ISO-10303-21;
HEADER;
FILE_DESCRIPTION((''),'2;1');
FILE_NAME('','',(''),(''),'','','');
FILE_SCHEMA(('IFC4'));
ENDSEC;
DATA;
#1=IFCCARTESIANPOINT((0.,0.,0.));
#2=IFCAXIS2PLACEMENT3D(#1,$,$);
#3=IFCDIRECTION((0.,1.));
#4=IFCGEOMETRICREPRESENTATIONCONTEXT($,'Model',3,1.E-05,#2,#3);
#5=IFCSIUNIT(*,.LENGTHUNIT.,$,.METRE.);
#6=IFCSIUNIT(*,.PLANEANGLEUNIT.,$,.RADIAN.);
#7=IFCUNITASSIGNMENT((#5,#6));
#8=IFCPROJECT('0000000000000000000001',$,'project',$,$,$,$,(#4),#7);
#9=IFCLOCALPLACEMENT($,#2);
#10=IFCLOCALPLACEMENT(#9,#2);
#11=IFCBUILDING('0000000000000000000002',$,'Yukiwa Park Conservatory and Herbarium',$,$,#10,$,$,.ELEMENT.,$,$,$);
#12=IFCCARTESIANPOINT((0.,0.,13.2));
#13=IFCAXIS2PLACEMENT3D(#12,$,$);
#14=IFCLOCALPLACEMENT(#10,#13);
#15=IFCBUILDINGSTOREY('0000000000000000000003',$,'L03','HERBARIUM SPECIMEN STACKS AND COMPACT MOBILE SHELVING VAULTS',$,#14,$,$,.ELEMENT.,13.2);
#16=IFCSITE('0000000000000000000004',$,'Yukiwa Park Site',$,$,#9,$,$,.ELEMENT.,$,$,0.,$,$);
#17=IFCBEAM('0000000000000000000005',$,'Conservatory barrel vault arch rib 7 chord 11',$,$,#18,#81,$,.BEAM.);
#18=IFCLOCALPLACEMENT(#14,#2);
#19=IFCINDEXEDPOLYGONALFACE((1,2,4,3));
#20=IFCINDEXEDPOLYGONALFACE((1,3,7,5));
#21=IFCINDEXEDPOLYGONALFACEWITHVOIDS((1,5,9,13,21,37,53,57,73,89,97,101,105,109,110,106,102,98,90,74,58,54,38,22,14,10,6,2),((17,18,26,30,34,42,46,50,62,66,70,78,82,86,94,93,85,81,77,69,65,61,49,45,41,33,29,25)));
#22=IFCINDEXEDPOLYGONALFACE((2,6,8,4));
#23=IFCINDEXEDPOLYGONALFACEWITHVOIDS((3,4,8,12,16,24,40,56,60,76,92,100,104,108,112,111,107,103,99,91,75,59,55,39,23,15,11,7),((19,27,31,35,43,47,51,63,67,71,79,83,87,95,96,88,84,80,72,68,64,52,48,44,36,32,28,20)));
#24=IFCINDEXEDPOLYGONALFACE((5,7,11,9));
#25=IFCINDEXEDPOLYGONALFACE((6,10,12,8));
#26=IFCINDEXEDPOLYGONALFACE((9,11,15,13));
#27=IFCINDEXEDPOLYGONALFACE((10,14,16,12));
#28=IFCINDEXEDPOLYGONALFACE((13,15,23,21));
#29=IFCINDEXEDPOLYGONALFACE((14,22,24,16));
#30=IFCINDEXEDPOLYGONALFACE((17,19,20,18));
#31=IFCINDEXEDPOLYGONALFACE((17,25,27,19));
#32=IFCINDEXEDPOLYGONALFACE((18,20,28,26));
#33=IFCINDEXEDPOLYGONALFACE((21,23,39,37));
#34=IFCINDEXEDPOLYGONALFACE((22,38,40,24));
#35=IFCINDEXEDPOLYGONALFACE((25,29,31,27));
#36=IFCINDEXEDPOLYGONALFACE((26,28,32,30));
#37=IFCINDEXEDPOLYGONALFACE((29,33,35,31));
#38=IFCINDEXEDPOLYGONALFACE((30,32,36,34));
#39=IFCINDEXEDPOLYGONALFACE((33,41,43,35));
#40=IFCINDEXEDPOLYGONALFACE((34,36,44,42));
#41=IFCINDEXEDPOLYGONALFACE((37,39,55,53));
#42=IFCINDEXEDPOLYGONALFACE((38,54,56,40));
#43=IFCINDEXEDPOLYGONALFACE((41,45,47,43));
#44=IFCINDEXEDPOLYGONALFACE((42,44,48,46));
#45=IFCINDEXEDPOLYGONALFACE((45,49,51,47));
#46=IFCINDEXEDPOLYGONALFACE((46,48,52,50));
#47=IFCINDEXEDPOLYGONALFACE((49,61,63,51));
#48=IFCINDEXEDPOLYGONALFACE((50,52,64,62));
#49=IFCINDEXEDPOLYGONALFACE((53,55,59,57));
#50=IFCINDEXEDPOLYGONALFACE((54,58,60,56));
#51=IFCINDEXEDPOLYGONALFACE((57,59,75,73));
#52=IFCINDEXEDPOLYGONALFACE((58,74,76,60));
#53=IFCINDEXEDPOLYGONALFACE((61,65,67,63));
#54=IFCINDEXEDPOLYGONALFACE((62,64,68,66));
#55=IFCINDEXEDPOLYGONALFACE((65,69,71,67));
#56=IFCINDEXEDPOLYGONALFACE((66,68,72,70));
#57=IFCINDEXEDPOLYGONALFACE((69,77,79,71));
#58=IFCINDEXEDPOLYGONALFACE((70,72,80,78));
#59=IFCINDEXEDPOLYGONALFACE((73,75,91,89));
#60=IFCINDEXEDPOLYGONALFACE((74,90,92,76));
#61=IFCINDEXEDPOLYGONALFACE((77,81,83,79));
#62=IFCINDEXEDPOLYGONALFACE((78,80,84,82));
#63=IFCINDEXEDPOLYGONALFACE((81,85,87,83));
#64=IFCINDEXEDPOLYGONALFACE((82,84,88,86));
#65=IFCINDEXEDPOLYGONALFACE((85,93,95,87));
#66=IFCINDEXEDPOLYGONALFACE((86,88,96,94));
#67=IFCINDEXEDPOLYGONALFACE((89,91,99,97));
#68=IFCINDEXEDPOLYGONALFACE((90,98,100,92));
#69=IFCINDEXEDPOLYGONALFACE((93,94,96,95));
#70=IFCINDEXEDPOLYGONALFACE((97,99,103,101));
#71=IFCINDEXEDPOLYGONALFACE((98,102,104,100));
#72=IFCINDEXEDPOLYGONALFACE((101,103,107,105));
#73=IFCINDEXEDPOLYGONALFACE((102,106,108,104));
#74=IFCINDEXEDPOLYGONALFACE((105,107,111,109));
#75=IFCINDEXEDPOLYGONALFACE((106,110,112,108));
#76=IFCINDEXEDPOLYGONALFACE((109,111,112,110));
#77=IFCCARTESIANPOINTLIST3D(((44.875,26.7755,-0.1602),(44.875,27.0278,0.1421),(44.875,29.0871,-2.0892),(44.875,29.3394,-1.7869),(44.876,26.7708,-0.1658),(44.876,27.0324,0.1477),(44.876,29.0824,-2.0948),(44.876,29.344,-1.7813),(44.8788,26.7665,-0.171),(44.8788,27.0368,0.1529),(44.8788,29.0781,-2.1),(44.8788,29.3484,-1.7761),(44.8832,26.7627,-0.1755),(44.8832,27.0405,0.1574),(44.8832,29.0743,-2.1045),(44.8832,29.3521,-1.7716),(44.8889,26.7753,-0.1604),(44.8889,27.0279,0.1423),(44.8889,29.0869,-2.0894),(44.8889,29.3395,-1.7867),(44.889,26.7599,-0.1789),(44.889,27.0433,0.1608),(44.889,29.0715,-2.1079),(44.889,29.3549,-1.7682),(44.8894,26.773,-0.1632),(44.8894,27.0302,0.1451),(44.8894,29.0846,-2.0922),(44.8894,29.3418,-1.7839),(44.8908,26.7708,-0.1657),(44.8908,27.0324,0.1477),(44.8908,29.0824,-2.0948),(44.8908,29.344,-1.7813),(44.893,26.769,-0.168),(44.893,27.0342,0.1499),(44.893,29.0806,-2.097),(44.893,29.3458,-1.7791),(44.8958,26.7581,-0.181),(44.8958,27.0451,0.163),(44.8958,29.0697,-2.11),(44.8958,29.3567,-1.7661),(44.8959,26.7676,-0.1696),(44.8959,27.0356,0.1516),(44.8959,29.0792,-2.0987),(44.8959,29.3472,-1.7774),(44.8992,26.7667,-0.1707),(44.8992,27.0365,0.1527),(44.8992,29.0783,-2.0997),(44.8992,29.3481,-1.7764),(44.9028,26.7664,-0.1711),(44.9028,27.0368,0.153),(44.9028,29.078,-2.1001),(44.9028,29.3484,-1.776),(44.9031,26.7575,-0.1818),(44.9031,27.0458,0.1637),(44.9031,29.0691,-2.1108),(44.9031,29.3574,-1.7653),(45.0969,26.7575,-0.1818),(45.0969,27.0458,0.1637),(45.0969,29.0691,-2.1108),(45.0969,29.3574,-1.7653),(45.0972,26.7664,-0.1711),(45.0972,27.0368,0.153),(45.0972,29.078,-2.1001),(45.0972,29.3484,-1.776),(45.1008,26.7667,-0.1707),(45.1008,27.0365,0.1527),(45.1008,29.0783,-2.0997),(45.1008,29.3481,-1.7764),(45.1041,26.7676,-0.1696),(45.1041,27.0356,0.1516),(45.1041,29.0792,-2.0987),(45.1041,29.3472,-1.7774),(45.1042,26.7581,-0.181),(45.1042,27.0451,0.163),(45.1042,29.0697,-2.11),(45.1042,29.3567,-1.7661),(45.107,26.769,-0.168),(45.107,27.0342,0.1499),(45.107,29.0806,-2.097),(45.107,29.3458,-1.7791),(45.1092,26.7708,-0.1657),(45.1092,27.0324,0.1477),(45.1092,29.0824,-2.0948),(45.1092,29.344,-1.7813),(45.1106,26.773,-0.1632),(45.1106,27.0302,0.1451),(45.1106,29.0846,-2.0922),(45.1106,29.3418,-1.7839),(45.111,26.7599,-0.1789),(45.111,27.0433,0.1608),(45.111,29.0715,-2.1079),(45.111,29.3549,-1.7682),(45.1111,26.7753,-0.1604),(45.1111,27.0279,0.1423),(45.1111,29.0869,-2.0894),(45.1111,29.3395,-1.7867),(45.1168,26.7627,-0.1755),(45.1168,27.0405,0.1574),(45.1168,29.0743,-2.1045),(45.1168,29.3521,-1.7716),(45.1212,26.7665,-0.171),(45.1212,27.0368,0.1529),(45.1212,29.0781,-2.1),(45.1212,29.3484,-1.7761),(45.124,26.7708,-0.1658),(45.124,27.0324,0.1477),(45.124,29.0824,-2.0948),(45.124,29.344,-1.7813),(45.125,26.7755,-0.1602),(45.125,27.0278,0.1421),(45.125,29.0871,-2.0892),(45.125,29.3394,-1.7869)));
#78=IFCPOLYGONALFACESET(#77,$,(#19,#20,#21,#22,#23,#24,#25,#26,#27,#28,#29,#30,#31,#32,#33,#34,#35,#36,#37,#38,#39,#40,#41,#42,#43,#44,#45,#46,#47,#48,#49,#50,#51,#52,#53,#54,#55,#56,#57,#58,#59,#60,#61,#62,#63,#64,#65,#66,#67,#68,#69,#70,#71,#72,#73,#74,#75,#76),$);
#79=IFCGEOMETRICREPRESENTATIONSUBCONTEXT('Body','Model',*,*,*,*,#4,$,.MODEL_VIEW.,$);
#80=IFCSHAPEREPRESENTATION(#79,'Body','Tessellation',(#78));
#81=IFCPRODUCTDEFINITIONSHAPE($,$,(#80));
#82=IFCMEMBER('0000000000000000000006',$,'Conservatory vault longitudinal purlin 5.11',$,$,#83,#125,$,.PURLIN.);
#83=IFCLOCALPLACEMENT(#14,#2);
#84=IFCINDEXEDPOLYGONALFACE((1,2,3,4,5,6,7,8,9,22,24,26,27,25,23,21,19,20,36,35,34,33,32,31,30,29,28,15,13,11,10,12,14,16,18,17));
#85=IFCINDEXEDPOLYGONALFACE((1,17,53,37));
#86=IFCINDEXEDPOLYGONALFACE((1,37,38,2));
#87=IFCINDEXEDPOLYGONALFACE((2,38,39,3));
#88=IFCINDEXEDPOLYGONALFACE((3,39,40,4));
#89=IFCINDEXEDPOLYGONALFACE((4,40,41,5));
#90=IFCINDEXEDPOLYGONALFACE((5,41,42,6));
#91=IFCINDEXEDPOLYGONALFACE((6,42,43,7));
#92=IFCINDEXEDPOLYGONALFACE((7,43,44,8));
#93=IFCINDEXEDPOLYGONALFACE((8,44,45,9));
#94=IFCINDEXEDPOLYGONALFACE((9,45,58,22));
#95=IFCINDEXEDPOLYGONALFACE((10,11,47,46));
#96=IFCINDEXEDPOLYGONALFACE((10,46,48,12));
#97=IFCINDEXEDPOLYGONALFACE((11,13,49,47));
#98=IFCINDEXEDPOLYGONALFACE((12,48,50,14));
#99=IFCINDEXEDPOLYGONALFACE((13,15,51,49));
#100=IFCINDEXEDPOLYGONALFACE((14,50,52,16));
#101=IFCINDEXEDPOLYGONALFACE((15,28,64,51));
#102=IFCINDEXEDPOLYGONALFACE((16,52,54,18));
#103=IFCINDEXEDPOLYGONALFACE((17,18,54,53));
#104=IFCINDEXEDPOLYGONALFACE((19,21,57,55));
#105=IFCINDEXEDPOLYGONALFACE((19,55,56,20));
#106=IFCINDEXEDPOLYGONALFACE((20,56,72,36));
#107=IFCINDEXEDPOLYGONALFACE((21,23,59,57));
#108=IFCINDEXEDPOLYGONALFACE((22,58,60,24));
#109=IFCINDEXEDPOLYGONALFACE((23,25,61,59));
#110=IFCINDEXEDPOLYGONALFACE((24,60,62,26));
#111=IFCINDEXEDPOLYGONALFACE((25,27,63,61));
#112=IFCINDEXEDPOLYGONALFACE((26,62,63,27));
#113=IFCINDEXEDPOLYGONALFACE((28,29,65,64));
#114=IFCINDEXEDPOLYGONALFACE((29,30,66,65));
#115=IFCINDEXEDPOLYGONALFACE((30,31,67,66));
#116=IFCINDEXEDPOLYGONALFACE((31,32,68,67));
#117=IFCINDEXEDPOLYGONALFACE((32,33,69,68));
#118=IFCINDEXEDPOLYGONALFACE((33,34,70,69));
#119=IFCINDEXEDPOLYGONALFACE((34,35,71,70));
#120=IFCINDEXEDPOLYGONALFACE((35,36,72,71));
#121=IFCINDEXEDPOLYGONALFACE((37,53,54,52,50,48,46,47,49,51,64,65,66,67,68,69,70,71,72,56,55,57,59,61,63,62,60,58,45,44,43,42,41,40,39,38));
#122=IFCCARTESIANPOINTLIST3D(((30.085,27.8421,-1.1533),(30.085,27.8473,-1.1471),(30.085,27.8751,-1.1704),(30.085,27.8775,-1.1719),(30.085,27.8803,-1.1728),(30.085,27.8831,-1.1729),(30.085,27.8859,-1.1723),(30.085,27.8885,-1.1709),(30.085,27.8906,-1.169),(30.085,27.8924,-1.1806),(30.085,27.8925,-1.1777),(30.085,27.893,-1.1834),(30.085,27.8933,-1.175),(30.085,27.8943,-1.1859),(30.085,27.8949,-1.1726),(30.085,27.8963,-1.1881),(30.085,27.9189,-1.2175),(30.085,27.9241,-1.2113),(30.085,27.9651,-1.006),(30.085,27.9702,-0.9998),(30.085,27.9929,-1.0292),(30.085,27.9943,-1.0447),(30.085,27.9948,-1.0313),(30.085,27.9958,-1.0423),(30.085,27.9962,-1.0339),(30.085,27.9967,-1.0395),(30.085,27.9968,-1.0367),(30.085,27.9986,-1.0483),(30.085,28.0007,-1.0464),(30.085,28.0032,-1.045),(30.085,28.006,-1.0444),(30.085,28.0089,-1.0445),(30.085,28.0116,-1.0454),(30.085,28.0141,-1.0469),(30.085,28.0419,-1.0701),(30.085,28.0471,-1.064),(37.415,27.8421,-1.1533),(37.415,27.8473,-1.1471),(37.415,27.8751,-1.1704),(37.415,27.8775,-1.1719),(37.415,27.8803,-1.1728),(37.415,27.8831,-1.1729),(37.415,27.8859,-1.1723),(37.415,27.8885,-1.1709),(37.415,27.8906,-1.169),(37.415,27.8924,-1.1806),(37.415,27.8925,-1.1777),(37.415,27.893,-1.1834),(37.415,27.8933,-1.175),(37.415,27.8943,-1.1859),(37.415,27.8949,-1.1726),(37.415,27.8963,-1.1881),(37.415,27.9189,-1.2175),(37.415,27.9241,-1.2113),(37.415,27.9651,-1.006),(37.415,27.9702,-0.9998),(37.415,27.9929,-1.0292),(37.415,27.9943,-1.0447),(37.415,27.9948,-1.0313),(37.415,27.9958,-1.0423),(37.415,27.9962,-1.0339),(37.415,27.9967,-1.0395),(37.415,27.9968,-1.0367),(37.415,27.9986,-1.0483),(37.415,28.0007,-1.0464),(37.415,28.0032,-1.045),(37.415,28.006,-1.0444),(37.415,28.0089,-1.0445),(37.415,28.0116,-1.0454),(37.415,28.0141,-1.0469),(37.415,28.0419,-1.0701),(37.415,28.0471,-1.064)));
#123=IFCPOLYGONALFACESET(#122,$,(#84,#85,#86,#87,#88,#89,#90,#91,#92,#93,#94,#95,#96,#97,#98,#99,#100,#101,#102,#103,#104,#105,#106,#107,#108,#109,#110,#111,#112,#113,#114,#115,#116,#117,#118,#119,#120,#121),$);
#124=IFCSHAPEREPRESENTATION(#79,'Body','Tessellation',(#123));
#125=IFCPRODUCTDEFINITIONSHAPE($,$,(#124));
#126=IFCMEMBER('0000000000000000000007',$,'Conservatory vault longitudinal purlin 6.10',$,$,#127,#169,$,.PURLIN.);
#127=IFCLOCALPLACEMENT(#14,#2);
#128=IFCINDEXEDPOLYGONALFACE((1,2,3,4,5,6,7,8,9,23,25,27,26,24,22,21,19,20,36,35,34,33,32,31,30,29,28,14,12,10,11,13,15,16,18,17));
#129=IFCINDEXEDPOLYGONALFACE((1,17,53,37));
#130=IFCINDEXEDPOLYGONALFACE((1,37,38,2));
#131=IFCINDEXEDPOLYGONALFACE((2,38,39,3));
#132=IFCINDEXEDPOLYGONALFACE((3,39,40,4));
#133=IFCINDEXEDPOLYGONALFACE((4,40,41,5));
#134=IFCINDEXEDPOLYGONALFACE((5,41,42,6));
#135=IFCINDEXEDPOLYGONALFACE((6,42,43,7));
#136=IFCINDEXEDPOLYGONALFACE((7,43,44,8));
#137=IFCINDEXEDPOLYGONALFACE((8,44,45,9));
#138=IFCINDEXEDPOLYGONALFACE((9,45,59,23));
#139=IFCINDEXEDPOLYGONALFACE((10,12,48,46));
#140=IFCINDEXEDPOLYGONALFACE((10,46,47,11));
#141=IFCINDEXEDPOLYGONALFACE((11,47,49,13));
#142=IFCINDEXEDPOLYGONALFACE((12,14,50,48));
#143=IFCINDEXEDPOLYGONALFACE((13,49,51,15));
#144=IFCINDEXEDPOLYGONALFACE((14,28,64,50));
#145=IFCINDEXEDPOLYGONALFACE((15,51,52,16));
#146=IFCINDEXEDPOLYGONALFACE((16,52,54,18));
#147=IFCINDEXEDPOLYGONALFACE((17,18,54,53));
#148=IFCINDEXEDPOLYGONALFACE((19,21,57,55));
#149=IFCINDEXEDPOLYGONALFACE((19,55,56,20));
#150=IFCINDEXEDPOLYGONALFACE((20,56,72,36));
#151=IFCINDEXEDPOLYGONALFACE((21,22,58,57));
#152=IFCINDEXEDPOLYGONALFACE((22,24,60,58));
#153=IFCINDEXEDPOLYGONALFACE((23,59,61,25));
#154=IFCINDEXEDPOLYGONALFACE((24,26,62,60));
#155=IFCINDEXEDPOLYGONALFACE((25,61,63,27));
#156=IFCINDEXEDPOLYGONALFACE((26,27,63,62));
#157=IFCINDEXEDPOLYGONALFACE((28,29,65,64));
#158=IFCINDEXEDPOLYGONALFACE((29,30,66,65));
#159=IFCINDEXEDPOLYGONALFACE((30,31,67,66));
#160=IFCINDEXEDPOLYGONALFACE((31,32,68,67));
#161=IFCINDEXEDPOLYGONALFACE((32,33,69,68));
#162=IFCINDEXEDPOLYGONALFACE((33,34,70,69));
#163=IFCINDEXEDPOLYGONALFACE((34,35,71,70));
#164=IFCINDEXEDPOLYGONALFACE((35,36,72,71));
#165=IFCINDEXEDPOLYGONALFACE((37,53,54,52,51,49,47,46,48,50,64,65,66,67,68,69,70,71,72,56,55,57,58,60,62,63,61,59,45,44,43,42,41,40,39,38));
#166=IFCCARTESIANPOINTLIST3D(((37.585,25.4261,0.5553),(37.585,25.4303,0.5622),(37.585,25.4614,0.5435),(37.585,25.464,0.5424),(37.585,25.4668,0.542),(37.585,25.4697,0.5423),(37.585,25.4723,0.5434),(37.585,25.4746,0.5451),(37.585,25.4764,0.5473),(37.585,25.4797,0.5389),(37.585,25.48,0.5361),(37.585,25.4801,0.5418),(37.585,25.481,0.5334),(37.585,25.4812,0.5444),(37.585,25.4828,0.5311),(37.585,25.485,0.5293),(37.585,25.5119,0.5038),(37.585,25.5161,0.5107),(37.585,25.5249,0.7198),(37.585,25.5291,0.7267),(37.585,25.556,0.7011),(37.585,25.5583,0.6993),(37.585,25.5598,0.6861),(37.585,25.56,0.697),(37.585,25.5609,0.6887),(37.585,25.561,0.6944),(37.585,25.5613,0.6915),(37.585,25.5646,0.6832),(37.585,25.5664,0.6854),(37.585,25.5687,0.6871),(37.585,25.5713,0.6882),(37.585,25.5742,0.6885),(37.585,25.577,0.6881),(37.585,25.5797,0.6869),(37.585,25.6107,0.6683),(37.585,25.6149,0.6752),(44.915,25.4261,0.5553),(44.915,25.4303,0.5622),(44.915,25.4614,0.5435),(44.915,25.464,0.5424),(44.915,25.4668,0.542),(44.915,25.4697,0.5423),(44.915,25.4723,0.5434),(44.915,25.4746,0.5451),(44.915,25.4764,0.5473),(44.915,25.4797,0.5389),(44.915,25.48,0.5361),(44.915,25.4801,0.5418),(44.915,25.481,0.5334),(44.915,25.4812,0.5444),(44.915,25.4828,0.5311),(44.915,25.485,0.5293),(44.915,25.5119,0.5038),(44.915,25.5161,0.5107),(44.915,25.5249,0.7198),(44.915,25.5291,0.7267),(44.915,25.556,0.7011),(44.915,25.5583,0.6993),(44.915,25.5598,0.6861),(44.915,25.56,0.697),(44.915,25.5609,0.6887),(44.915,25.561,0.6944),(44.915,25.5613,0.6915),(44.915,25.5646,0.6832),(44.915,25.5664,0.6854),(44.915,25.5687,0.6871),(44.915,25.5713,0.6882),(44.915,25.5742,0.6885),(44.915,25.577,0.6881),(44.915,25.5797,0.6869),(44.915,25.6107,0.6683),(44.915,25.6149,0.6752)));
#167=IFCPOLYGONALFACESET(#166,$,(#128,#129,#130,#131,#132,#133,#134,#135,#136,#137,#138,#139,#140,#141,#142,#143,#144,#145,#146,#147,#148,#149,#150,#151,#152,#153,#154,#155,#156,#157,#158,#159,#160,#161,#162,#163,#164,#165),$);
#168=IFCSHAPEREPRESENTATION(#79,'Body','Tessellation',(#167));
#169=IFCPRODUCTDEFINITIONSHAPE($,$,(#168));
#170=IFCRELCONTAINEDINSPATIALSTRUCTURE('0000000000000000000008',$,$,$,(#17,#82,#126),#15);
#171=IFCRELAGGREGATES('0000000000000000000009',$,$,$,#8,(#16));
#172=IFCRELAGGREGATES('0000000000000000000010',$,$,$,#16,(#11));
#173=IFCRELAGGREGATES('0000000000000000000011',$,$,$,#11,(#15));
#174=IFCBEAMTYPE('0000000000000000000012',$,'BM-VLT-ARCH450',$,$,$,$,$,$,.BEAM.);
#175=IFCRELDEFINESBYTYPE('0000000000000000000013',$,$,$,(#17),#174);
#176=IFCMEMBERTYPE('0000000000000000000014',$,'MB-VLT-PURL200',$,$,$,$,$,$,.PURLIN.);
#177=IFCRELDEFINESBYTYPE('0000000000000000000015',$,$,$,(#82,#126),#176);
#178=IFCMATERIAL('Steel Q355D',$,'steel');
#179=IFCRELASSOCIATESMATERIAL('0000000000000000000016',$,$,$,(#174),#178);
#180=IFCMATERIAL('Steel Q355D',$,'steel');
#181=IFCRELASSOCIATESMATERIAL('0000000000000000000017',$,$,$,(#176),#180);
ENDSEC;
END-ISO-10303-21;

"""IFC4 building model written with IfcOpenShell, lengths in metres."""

from ifc_helpers import new_model, si_unit, direction, frame, origin, origin_2d, place, context, subcontext, project, spatial, hollow_rectangle, i_section, extrude, material, material_profile, profile_set, type_object, element, save


model = new_model("IFC4")

# Units and contexts
model_context = context("Model", 3, precision=1e-05, world=origin(), true_north=direction((0.0, 1.0)))
body_context = subcontext(model_context, "Body", "Model", "MODEL_VIEW")
ifc_project = project(units=[si_unit("LENGTHUNIT", "METRE"), si_unit("PLANEANGLEUNIT", "RADIAN")], contexts=[model_context])

# Site, building, storey
site_placement = place(None, origin())
site = spatial("IfcSite", under=ifc_project, at=site_placement, Name="Yukiwa Park Site", CompositionType="ELEMENT", RefElevation=0.0)
building_placement = place(site_placement, origin())
building = spatial("IfcBuilding", under=site, at=building_placement, Name="Yukiwa Park Conservatory and Herbarium", CompositionType="ELEMENT")
storey_placement = place(building_placement, frame((0.0, 0.0, 13.2)))
storey = spatial("IfcBuildingStorey", under=building, at=storey_placement, Name="L03", Description="HERBARIUM SPECIMEN STACKS AND COMPACT MOBILE SHELVING VAULTS", CompositionType="ELEMENT", Elevation=13.2)

# Beam
ifc_material_1 = material(Name="Steel Q355D", Category="steel")
ifc_material_profile_1 = material_profile(ifc_material_1, hollow_rectangle(XDim=0.25, YDim=0.45, WallThickness=0.0139, InnerFilletRadius=0.0139, OuterFilletRadius=0.0281, at=origin_2d()), Name="RHS 450x250x14")
ifc_profile_set_1 = profile_set([ifc_material_profile_1], Name="Steel Q355D")
beam_type = type_object("IfcBeamType", Name="BM-VLT-ARCH450", PredefinedType="BEAM", material=ifc_profile_set_1)
for number, where, z_axis, x_axis, name in (
    (1, (45.0, 26.9016, -0.009), (0.0, 0.767782, -0.640711), (-1.0, 0.0, 0.0), "Conservatory barrel vault arch rib 7 chord 11"),
):
    element("IfcBeam", number, at=place(storey_placement, frame(where, z_axis=z_axis, x_axis=x_axis)), inside=storey, type_object=beam_type, Name=name, PredefinedType="BEAM", context=body_context, shape_type="SweptSolid", body=[
        extrude(hollow_rectangle(XDim=0.25, YDim=0.45, WallThickness=0.0139, InnerFilletRadius=0.0139, OuterFilletRadius=0.0281, at=origin_2d()), origin(), (0.0, 0.0, 1.0), 3.0107),
    ])

# Members
ifc_material_2 = material(Name="Steel Q355D", Category="steel")
ifc_material_profile_2 = material_profile(ifc_material_2, i_section(OverallWidth=0.1001, OverallDepth=0.2, WebThickness=0.0056, FlangeThickness=0.0081, FilletRadius=0.011, at=origin_2d()), Name="HN 200x100x5.5x8")
ifc_profile_set_2 = profile_set([ifc_material_profile_2], Name="Steel Q355D")
member_type_1 = type_object("IfcMemberType", Name="MB-VLT-PURL200", PredefinedType="PURLIN", material=ifc_profile_set_2)
for number, where, z_axis, x_axis, name in (
    (2, (30.085, 27.9446, -1.1086), (1.0, 0.0, 0.0), (0.0, 0.767751, -0.640748), "Conservatory vault longitudinal purlin 5.11"),
    (3, (37.585, 25.5205, 0.6152), (1.0, 0.0, 0.0), (0.0, 0.857234, -0.514927), "Conservatory vault longitudinal purlin 6.10"),
):
    element("IfcMember", number, at=place(storey_placement, frame(where, z_axis=z_axis, x_axis=x_axis)), inside=storey, type_object=member_type_1, Name=name, PredefinedType="PURLIN", context=body_context, shape_type="SweptSolid", body=[
        extrude(i_section(OverallWidth=0.1001, OverallDepth=0.2, WebThickness=0.0056, FlangeThickness=0.0081, FilletRadius=0.011, at=origin_2d()), origin(), (0.0, 0.0, 1.0), 7.3301),
    ])

save(model, "model.ifc")
